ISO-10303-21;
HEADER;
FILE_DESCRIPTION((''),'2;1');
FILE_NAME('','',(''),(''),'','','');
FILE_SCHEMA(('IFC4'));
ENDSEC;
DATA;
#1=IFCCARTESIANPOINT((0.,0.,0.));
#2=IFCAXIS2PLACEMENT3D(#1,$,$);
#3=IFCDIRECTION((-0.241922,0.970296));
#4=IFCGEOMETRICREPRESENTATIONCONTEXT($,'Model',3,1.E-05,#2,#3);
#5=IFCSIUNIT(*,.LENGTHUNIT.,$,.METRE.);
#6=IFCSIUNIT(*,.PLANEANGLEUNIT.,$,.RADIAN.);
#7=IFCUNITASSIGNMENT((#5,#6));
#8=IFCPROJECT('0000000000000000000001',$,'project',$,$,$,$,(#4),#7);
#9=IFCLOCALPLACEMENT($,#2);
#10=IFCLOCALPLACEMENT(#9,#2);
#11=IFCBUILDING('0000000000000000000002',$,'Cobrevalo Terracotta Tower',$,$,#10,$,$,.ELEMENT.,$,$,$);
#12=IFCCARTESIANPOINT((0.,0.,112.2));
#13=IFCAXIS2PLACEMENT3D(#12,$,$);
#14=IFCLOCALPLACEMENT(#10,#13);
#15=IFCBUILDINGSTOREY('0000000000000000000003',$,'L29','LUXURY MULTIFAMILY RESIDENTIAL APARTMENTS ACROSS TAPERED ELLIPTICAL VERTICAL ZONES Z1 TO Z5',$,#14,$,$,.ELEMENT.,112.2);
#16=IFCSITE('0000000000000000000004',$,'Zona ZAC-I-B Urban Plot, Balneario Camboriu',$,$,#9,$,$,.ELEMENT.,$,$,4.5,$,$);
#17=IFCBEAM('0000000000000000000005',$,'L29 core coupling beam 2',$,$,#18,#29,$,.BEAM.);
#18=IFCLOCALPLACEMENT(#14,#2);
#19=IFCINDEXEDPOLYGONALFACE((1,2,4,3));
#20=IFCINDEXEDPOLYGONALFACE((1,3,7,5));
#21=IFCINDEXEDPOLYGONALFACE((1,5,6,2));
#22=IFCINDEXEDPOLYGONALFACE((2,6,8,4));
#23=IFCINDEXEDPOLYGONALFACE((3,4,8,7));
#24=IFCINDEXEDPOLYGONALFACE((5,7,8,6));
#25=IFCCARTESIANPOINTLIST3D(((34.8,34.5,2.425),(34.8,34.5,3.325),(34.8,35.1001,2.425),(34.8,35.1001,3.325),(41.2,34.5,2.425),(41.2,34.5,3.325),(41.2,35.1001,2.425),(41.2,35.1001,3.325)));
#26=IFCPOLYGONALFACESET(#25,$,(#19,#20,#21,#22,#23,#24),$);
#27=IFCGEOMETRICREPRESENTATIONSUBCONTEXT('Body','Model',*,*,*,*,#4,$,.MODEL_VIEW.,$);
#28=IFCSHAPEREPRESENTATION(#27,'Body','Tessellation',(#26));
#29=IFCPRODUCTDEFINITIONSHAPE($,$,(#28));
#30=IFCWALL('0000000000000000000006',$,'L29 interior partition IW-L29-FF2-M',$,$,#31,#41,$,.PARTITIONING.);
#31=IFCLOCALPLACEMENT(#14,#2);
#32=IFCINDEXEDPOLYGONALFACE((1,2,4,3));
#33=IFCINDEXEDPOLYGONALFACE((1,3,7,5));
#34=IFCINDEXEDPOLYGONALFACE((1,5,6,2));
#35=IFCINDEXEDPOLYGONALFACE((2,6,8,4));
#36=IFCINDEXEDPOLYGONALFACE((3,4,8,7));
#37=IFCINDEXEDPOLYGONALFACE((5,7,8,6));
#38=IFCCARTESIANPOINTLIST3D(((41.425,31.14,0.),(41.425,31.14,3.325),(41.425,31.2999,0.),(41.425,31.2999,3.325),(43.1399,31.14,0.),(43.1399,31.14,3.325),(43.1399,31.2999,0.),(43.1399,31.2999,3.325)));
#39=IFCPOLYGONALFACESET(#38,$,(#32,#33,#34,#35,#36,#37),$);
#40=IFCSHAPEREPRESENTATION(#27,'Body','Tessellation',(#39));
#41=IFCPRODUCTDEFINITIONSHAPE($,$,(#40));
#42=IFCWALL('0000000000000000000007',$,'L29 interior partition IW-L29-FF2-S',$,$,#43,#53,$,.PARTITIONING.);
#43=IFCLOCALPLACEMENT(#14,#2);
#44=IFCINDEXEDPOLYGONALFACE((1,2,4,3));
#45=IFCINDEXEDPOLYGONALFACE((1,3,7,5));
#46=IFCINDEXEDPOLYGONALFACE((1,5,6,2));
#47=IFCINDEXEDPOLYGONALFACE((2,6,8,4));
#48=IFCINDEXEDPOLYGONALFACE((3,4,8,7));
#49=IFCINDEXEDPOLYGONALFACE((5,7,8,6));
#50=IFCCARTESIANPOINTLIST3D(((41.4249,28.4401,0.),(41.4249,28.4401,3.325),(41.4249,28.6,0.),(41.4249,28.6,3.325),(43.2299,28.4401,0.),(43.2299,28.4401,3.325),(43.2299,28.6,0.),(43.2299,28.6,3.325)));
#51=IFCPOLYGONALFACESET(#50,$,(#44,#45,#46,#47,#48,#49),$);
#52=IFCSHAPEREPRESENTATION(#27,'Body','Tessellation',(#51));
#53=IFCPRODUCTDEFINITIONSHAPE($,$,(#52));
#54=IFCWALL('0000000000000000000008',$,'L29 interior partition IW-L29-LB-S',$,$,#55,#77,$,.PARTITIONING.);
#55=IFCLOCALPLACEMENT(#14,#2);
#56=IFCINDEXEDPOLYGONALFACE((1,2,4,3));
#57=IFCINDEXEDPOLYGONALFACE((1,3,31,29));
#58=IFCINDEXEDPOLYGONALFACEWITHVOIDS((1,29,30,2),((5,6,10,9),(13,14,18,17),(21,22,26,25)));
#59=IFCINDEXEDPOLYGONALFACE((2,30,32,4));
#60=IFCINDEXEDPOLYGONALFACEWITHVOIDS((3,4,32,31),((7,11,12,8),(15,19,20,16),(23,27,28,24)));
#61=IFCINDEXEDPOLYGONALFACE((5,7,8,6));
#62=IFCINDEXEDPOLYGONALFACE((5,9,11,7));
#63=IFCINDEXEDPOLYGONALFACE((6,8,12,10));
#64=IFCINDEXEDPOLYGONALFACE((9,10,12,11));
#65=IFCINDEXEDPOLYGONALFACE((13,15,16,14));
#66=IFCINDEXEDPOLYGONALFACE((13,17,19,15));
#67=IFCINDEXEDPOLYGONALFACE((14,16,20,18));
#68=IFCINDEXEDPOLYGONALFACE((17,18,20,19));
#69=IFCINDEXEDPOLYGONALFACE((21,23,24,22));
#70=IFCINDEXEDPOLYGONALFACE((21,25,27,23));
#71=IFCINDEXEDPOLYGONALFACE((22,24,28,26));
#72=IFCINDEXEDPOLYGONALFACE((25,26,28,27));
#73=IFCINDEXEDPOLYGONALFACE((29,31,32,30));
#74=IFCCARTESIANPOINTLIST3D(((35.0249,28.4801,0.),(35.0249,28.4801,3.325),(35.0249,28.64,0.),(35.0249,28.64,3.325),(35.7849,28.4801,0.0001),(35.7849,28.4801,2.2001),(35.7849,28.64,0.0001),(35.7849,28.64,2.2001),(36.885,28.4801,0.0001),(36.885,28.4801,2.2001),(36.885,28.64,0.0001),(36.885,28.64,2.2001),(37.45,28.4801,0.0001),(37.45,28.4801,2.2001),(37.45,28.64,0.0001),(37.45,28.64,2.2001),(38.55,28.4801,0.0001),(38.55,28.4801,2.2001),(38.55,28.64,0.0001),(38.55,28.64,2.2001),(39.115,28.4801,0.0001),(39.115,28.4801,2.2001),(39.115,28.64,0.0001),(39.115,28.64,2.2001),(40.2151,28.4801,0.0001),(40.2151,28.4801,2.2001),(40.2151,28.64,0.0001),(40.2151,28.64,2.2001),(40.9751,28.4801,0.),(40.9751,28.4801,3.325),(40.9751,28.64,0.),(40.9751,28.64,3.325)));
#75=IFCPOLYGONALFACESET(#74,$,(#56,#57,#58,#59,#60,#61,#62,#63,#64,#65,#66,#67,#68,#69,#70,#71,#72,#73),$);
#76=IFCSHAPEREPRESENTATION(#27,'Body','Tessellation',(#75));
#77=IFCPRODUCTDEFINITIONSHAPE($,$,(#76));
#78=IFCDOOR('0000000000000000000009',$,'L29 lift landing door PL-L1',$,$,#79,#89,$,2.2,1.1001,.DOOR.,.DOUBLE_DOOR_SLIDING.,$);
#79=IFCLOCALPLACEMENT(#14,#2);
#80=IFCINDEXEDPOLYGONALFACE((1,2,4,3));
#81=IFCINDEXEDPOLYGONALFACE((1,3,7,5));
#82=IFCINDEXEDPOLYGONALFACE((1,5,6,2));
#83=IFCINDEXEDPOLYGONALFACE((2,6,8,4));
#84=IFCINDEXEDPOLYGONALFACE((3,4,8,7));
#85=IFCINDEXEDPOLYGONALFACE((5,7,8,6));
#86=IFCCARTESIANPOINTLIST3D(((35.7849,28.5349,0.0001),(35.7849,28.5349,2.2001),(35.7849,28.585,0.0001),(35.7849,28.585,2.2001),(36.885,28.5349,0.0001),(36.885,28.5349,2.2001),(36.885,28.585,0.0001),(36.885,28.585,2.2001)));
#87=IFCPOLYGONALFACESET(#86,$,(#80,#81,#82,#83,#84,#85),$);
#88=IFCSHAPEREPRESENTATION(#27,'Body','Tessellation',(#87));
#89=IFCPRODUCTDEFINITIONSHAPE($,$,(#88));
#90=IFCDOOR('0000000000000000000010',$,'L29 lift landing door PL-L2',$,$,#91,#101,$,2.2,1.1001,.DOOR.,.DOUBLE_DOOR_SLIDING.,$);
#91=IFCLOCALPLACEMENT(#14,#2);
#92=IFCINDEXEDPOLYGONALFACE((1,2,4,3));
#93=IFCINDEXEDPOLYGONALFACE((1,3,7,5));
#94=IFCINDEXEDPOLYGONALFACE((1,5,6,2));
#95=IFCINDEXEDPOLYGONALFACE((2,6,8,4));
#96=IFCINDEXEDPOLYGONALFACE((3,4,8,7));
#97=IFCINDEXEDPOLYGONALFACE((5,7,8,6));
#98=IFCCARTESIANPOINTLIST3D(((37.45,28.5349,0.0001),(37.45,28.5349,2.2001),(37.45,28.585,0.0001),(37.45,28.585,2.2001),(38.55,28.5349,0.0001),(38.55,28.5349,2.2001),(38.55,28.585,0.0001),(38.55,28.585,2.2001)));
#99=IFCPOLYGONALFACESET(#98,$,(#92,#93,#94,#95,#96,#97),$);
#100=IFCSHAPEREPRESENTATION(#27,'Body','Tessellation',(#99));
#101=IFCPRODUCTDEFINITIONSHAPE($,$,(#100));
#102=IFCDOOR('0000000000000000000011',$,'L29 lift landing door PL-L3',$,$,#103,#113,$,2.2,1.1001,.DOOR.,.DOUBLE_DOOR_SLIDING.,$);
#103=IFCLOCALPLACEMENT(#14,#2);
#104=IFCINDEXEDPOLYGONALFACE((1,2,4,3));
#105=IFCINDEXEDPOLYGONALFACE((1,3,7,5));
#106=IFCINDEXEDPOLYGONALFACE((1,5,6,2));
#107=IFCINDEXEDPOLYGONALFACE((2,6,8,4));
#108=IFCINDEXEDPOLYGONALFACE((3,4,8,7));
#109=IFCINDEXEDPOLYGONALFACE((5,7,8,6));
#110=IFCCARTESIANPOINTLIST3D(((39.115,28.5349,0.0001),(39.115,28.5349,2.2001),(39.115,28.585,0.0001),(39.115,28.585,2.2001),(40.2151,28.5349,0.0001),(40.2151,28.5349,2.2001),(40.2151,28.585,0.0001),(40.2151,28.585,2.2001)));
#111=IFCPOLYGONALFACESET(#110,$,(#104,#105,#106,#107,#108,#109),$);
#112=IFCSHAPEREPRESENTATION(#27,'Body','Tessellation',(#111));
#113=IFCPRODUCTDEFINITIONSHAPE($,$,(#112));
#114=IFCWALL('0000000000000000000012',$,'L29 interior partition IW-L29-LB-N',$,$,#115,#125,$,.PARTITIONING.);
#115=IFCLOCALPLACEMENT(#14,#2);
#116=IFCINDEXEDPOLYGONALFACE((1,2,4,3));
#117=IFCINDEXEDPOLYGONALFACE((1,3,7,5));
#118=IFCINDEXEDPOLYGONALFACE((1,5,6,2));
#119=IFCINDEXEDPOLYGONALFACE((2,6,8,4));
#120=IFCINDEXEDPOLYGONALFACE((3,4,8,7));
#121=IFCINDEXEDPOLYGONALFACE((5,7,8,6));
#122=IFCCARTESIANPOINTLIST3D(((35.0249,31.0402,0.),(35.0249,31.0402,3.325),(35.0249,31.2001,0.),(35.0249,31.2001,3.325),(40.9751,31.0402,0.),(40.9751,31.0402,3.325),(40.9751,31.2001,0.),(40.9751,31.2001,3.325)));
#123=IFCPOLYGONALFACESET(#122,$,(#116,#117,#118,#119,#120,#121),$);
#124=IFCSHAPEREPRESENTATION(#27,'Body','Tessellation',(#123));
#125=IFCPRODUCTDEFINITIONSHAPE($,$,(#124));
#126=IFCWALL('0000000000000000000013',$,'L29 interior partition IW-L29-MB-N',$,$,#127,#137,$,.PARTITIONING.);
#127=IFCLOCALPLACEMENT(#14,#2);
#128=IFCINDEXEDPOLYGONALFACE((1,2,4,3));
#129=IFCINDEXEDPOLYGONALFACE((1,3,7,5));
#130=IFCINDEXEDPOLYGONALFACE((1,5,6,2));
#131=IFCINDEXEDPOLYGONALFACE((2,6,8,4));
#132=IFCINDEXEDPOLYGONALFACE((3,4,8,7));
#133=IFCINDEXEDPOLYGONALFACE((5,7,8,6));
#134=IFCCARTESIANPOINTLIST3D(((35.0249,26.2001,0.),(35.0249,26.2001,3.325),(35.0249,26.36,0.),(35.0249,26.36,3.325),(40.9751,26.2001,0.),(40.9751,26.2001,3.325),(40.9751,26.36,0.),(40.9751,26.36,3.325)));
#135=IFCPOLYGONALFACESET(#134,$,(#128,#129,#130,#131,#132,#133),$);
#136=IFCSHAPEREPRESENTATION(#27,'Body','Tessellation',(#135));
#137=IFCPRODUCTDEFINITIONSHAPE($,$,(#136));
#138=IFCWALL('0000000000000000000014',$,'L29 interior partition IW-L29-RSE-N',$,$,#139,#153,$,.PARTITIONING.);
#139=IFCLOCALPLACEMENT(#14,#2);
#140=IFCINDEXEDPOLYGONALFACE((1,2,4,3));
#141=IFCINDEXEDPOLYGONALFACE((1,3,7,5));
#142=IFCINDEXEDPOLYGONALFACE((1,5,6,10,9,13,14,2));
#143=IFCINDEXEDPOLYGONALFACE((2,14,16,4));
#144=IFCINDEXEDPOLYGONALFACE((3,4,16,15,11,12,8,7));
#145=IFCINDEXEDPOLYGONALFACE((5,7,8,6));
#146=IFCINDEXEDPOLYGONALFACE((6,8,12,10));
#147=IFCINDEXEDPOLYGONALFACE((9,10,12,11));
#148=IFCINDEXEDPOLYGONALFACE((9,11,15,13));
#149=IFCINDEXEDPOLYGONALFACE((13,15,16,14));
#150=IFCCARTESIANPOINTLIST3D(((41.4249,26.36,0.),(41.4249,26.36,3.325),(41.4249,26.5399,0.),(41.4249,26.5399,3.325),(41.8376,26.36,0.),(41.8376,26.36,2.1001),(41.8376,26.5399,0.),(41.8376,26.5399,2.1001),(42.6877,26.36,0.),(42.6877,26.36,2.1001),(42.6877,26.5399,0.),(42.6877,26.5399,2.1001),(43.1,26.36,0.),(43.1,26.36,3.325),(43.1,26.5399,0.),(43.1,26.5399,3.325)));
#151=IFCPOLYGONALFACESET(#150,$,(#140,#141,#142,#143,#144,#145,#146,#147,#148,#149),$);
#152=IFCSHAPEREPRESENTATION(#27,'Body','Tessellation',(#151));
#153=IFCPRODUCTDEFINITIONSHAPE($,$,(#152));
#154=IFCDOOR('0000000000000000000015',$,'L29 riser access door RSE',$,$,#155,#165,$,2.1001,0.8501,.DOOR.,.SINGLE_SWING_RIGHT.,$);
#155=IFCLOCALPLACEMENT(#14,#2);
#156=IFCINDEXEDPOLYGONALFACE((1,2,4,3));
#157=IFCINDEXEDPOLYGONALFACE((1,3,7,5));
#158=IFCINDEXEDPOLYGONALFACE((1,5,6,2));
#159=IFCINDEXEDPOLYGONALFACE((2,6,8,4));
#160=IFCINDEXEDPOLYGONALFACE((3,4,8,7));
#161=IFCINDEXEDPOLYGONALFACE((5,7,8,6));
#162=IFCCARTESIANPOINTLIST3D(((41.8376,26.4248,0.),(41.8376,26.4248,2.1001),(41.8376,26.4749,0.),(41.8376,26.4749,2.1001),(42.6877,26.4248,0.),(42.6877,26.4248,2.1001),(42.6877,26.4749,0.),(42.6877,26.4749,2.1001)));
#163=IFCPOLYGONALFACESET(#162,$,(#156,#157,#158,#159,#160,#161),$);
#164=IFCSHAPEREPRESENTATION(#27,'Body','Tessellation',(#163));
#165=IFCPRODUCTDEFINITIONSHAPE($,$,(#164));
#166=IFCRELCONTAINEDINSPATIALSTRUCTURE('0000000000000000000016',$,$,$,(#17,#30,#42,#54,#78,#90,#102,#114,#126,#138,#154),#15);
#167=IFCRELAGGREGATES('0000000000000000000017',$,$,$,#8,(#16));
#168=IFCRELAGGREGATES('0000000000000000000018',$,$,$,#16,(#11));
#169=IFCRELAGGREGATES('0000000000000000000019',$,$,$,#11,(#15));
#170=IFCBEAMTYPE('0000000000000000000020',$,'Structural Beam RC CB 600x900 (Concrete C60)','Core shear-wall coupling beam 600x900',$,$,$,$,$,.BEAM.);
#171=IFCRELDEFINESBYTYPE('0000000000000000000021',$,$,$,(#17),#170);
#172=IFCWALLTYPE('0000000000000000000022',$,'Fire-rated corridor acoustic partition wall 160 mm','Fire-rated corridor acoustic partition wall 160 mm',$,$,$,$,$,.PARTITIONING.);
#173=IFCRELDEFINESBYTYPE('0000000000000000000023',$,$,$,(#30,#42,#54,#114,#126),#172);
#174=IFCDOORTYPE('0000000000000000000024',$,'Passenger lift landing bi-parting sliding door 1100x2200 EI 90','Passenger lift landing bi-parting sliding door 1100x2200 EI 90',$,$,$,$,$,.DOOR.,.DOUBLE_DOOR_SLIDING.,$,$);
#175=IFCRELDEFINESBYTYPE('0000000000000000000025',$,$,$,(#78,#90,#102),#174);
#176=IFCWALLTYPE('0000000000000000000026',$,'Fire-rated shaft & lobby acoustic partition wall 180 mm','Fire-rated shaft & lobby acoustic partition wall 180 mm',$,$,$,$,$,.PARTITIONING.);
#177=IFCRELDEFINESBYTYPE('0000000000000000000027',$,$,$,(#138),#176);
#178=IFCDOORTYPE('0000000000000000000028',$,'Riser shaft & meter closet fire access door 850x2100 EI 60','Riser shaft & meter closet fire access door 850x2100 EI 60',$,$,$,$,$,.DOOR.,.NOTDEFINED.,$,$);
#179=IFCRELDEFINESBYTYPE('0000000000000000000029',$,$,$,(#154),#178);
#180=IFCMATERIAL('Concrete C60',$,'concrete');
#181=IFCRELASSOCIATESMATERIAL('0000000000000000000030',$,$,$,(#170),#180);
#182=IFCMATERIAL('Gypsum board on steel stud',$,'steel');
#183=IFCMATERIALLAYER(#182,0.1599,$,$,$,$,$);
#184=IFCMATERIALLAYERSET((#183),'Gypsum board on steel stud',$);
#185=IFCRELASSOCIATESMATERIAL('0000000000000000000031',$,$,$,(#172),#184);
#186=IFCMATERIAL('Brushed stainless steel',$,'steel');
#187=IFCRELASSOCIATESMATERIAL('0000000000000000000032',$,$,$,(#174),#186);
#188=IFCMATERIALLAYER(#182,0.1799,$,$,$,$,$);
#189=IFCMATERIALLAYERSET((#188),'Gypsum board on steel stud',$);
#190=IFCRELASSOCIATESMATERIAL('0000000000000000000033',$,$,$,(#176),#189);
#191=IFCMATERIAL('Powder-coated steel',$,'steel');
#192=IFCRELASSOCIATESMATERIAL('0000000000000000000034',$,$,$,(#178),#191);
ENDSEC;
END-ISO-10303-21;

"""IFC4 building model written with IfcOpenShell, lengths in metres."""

from ifc_helpers import new_model, si_unit, direction, frame, frame_2d, origin, origin_2d, place, context, subcontext, project, spatial, rectangle, extrude, source, transform, mapped, material, layer, layer_set, material_profile, profile_set, type_object, element, fill, save


model = new_model("IFC4")

# Units and contexts
model_context = context("Model", 3, precision=1e-05, world=origin(), true_north=direction((-0.241922, 0.970296)))
body_context = subcontext(model_context, "Body", "Model", "MODEL_VIEW")
ifc_project = project(units=[si_unit("LENGTHUNIT", "METRE"), si_unit("PLANEANGLEUNIT", "RADIAN")], contexts=[model_context])

# Site, building, storey
site_placement = place(None, origin())
site = spatial("IfcSite", under=ifc_project, at=site_placement, Name="Zona ZAC-I-B Urban Plot, Balneario Camboriu", CompositionType="ELEMENT", RefElevation=4.5)
building_placement = place(site_placement, origin())
building = spatial("IfcBuilding", under=site, at=building_placement, Name="Cobrevalo Terracotta Tower", CompositionType="ELEMENT")
storey_placement = place(building_placement, frame((0.0, 0.0, 112.2)))
storey = spatial("IfcBuildingStorey", under=building, at=storey_placement, Name="L29", Description="LUXURY MULTIFAMILY RESIDENTIAL APARTMENTS ACROSS TAPERED ELLIPTICAL VERTICAL ZONES Z1 TO Z5", CompositionType="ELEMENT", Elevation=112.2)

# Beam
ifc_material_1 = material(Name="Concrete C60", Category="concrete")
ifc_material_profile = material_profile(ifc_material_1, rectangle(XDim=0.6001, YDim=0.8999, at=origin_2d()), Name="RC CB 600x900")
ifc_profile_set = profile_set([ifc_material_profile], Name="Concrete C60")
beam_type = type_object("IfcBeamType", Name="Structural Beam RC CB 600x900 (Concrete C60)", Description="Core shear-wall coupling beam 600x900", PredefinedType="BEAM", material=ifc_profile_set)
beam_placement = place(storey_placement, frame((34.8, 34.8, 2.875), z_axis=(1.0, 0.0, 0.0), x_axis=(0.0, 1.0, 0.0)))
element("IfcBeam", 1, at=beam_placement, inside=storey, type_object=beam_type, Name="L29 core coupling beam 2", PredefinedType="BEAM", context=body_context, shape_type="SweptSolid", body=[
    extrude(rectangle(XDim=0.6001, YDim=0.8999, at=origin_2d()), origin(), (0.0, 0.0, 1.0), 6.3999),
])

# Walls
ifc_material_2 = material(Name="Gypsum board on steel stud", Category="steel")
ifc_layer_1 = layer(ifc_material_2, 0.1599)
ifc_layer_set_1 = layer_set([ifc_layer_1], Name="Gypsum board on steel stud")
wall_type_1 = type_object("IfcWallType", Name="Fire-rated corridor acoustic partition wall 160 mm", Description="Fire-rated corridor acoustic partition wall 160 mm", PredefinedType="PARTITIONING", material=ifc_layer_set_1)
wall_1_placement = place(storey_placement, frame((41.425, 31.22, 0.0), z_axis=(0.0, 0.0, 1.0), x_axis=(1.0, 0.0, 0.0)))
element("IfcWall", 2, at=wall_1_placement, inside=storey, type_object=wall_type_1, Name="L29 interior partition IW-L29-FF2-M", PredefinedType="PARTITIONING", context=body_context, shape_type="SweptSolid", body=[
    extrude(rectangle(XDim=1.7148, YDim=0.1599, at=frame_2d((0.8574, 0.0))), origin(), (0.0, 0.0, 1.0), 3.325),
])
wall_2_placement = place(storey_placement, frame((41.425, 28.52, 0.0), z_axis=(0.0, 0.0, 1.0), x_axis=(1.0, 0.0, 0.0)))
element("IfcWall", 3, at=wall_2_placement, inside=storey, type_object=wall_type_1, Name="L29 interior partition IW-L29-FF2-S", PredefinedType="PARTITIONING", context=body_context, shape_type="SweptSolid", body=[
    extrude(rectangle(XDim=1.8049, YDim=0.1599, at=frame_2d((0.9023, 0.0))), origin(), (0.0, 0.0, 1.0), 3.325),
])

# Wall, openings, doors
wall_3_placement = place(storey_placement, frame((35.0249, 28.5601, 0.0), z_axis=(0.0, 0.0, 1.0), x_axis=(1.0, 0.0, 0.0)))
wall_3 = element("IfcWall", 4, at=wall_3_placement, inside=storey, type_object=wall_type_1, Name="L29 interior partition IW-L29-LB-S", PredefinedType="PARTITIONING", context=body_context, shape_type="SweptSolid", body=[
    extrude(rectangle(XDim=5.9502, YDim=0.1599, at=frame_2d((2.9751, 0.0))), origin(), (0.0, 0.0, 1.0), 3.325),
])
opening_1_placement = place(wall_3_placement, frame((0.76, 0.0, 0.0)))
opening_1 = element("IfcOpeningElement", 5, at=opening_1_placement, cuts=wall_3, PredefinedType="OPENING", context=body_context, shape_type="SweptSolid", body=[
    extrude(rectangle(XDim=1.1001, YDim=2.2, at=frame_2d((0.55, 1.1001))), frame((0.0, 0.0898, 0.0), z_axis=(0.0, -1.0, 0.0), x_axis=(1.0, 0.0, 0.0)), (0.0, 0.0, 1.0), 0.1799),
])
opening_2_placement = place(wall_3_placement, frame((2.425, 0.0, 0.0)))
opening_2 = element("IfcOpeningElement", 6, at=opening_2_placement, cuts=wall_3, PredefinedType="OPENING", context=body_context, shape_type="SweptSolid", body=[
    extrude(rectangle(XDim=1.1001, YDim=2.2, at=frame_2d((0.55, 1.1001))), frame((0.0, 0.0898, 0.0), z_axis=(0.0, -1.0, 0.0), x_axis=(1.0, 0.0, 0.0)), (0.0, 0.0, 1.0), 0.1799),
])
opening_3_placement = place(wall_3_placement, frame((4.0901, 0.0, 0.0)))
opening_3 = element("IfcOpeningElement", 7, at=opening_3_placement, cuts=wall_3, PredefinedType="OPENING", context=body_context, shape_type="SweptSolid", body=[
    extrude(rectangle(XDim=1.1001, YDim=2.2, at=frame_2d((0.55, 1.1001))), frame((0.0, 0.0898, 0.0), z_axis=(0.0, -1.0, 0.0), x_axis=(1.0, 0.0, 0.0)), (0.0, 0.0, 1.0), 0.1799),
])
ifc_material_3 = material(Name="Brushed stainless steel", Category="steel")
door_type_1 = type_object("IfcDoorType", Name="Passenger lift landing bi-parting sliding door 1100x2200 EI 90", Description="Passenger lift landing bi-parting sliding door 1100x2200 EI 90", OperationType="DOUBLE_DOOR_SLIDING", PredefinedType="DOOR", material=ifc_material_3)
shared_shape_1 = source(origin(), body_context, "Body", "SweptSolid", [
    extrude(rectangle(XDim=1.1001, YDim=2.2, at=frame_2d((0.55, 1.1001))), frame((0.0, 0.0249, 0.0), z_axis=(0.0, -1.0, 0.0), x_axis=(1.0, 0.0, 0.0)), (0.0, 0.0, 1.0), 0.05),
])
door_1_placement = place(opening_1_placement, origin())
door_1 = element("IfcDoor", 8, at=door_1_placement, inside=storey, type_object=door_type_1, Name="L29 lift landing door PL-L1", OperationType="DOUBLE_DOOR_SLIDING", OverallHeight=2.2, OverallWidth=1.1001, PredefinedType="DOOR", context=body_context, shape_type="MappedRepresentation", body=[
    mapped(shared_shape_1, transform((0.0, 0.0, 0.0), scale=1.0)),
])
fill(opening_1, door_1)
door_2_placement = place(opening_2_placement, origin())
door_2 = element("IfcDoor", 9, at=door_2_placement, inside=storey, type_object=door_type_1, Name="L29 lift landing door PL-L2", OperationType="DOUBLE_DOOR_SLIDING", OverallHeight=2.2, OverallWidth=1.1001, PredefinedType="DOOR", context=body_context, shape_type="MappedRepresentation", body=[
    mapped(shared_shape_1, transform((0.0, 0.0, 0.0), scale=1.0)),
])
fill(opening_2, door_2)
door_3_placement = place(opening_3_placement, origin())
door_3 = element("IfcDoor", 10, at=door_3_placement, inside=storey, type_object=door_type_1, Name="L29 lift landing door PL-L3", OperationType="DOUBLE_DOOR_SLIDING", OverallHeight=2.2, OverallWidth=1.1001, PredefinedType="DOOR", context=body_context, shape_type="MappedRepresentation", body=[
    mapped(shared_shape_1, transform((0.0, 0.0, 0.0), scale=1.0)),
])
fill(opening_3, door_3)

# Walls
for number, where, z_axis, x_axis, name in (
    (11, (35.0249, 31.1201, 0.0), (0.0, 0.0, 1.0), (1.0, 0.0, 0.0), "L29 interior partition IW-L29-LB-N"),
    (12, (35.0249, 26.28, 0.0), (0.0, 0.0, 1.0), (1.0, 0.0, 0.0), "L29 interior partition IW-L29-MB-N"),
):
    element("IfcWall", number, at=place(storey_placement, frame(where, z_axis=z_axis, x_axis=x_axis)), inside=storey, type_object=wall_type_1, Name=name, PredefinedType="PARTITIONING", context=body_context, shape_type="SweptSolid", body=[
        extrude(rectangle(XDim=5.9502, YDim=0.1599, at=frame_2d((2.9751, 0.0))), origin(), (0.0, 0.0, 1.0), 3.325),
    ])

# Wall, opening, door
ifc_layer_2 = layer(ifc_material_2, 0.1799)
ifc_layer_set_2 = layer_set([ifc_layer_2], Name="Gypsum board on steel stud")
wall_type_2 = type_object("IfcWallType", Name="Fire-rated shaft & lobby acoustic partition wall 180 mm", Description="Fire-rated shaft & lobby acoustic partition wall 180 mm", PredefinedType="PARTITIONING", material=ifc_layer_set_2)
wall_4_placement = place(storey_placement, frame((41.425, 26.45, 0.0), z_axis=(0.0, 0.0, 1.0), x_axis=(1.0, 0.0, 0.0)))
wall_4 = element("IfcWall", 13, at=wall_4_placement, inside=storey, type_object=wall_type_2, Name="L29 interior partition IW-L29-RSE-N", PredefinedType="PARTITIONING", context=body_context, shape_type="SweptSolid", body=[
    extrude(rectangle(XDim=1.675, YDim=0.1799, at=frame_2d((0.8374, 0.0))), origin(), (0.0, 0.0, 1.0), 3.325),
])
opening_4_placement = place(wall_4_placement, frame((0.4126, 0.0, 0.0)))
opening_4 = element("IfcOpeningElement", 14, at=opening_4_placement, cuts=wall_4, PredefinedType="OPENING", context=body_context, shape_type="SweptSolid", body=[
    extrude(rectangle(XDim=0.8501, YDim=2.1001, at=frame_2d((0.425, 1.05))), frame((0.0, 0.1001, 0.0), z_axis=(0.0, -1.0, 0.0), x_axis=(1.0, 0.0, 0.0)), (0.0, 0.0, 1.0), 0.2),
])
ifc_material_4 = material(Name="Powder-coated steel", Category="steel")
door_type_2 = type_object("IfcDoorType", Name="Riser shaft & meter closet fire access door 850x2100 EI 60", Description="Riser shaft & meter closet fire access door 850x2100 EI 60", OperationType="NOTDEFINED", PredefinedType="DOOR", material=ifc_material_4)
shared_shape_2 = source(origin(), body_context, "Body", "SweptSolid", [
    extrude(rectangle(XDim=0.8501, YDim=2.1001, at=frame_2d((0.425, 1.05))), frame((0.0, 0.0249, 0.0), z_axis=(0.0, -1.0, 0.0), x_axis=(1.0, 0.0, 0.0)), (0.0, 0.0, 1.0), 0.05),
])
door_4_placement = place(opening_4_placement, origin())
door_4 = element("IfcDoor", 15, at=door_4_placement, inside=storey, type_object=door_type_2, Name="L29 riser access door RSE", OperationType="SINGLE_SWING_RIGHT", OverallHeight=2.1001, OverallWidth=0.8501, PredefinedType="DOOR", context=body_context, shape_type="MappedRepresentation", body=[
    mapped(shared_shape_2, transform((0.0, 0.0, 0.0), scale=1.0)),
])
fill(opening_4, door_4)

save(model, "model.ifc")
